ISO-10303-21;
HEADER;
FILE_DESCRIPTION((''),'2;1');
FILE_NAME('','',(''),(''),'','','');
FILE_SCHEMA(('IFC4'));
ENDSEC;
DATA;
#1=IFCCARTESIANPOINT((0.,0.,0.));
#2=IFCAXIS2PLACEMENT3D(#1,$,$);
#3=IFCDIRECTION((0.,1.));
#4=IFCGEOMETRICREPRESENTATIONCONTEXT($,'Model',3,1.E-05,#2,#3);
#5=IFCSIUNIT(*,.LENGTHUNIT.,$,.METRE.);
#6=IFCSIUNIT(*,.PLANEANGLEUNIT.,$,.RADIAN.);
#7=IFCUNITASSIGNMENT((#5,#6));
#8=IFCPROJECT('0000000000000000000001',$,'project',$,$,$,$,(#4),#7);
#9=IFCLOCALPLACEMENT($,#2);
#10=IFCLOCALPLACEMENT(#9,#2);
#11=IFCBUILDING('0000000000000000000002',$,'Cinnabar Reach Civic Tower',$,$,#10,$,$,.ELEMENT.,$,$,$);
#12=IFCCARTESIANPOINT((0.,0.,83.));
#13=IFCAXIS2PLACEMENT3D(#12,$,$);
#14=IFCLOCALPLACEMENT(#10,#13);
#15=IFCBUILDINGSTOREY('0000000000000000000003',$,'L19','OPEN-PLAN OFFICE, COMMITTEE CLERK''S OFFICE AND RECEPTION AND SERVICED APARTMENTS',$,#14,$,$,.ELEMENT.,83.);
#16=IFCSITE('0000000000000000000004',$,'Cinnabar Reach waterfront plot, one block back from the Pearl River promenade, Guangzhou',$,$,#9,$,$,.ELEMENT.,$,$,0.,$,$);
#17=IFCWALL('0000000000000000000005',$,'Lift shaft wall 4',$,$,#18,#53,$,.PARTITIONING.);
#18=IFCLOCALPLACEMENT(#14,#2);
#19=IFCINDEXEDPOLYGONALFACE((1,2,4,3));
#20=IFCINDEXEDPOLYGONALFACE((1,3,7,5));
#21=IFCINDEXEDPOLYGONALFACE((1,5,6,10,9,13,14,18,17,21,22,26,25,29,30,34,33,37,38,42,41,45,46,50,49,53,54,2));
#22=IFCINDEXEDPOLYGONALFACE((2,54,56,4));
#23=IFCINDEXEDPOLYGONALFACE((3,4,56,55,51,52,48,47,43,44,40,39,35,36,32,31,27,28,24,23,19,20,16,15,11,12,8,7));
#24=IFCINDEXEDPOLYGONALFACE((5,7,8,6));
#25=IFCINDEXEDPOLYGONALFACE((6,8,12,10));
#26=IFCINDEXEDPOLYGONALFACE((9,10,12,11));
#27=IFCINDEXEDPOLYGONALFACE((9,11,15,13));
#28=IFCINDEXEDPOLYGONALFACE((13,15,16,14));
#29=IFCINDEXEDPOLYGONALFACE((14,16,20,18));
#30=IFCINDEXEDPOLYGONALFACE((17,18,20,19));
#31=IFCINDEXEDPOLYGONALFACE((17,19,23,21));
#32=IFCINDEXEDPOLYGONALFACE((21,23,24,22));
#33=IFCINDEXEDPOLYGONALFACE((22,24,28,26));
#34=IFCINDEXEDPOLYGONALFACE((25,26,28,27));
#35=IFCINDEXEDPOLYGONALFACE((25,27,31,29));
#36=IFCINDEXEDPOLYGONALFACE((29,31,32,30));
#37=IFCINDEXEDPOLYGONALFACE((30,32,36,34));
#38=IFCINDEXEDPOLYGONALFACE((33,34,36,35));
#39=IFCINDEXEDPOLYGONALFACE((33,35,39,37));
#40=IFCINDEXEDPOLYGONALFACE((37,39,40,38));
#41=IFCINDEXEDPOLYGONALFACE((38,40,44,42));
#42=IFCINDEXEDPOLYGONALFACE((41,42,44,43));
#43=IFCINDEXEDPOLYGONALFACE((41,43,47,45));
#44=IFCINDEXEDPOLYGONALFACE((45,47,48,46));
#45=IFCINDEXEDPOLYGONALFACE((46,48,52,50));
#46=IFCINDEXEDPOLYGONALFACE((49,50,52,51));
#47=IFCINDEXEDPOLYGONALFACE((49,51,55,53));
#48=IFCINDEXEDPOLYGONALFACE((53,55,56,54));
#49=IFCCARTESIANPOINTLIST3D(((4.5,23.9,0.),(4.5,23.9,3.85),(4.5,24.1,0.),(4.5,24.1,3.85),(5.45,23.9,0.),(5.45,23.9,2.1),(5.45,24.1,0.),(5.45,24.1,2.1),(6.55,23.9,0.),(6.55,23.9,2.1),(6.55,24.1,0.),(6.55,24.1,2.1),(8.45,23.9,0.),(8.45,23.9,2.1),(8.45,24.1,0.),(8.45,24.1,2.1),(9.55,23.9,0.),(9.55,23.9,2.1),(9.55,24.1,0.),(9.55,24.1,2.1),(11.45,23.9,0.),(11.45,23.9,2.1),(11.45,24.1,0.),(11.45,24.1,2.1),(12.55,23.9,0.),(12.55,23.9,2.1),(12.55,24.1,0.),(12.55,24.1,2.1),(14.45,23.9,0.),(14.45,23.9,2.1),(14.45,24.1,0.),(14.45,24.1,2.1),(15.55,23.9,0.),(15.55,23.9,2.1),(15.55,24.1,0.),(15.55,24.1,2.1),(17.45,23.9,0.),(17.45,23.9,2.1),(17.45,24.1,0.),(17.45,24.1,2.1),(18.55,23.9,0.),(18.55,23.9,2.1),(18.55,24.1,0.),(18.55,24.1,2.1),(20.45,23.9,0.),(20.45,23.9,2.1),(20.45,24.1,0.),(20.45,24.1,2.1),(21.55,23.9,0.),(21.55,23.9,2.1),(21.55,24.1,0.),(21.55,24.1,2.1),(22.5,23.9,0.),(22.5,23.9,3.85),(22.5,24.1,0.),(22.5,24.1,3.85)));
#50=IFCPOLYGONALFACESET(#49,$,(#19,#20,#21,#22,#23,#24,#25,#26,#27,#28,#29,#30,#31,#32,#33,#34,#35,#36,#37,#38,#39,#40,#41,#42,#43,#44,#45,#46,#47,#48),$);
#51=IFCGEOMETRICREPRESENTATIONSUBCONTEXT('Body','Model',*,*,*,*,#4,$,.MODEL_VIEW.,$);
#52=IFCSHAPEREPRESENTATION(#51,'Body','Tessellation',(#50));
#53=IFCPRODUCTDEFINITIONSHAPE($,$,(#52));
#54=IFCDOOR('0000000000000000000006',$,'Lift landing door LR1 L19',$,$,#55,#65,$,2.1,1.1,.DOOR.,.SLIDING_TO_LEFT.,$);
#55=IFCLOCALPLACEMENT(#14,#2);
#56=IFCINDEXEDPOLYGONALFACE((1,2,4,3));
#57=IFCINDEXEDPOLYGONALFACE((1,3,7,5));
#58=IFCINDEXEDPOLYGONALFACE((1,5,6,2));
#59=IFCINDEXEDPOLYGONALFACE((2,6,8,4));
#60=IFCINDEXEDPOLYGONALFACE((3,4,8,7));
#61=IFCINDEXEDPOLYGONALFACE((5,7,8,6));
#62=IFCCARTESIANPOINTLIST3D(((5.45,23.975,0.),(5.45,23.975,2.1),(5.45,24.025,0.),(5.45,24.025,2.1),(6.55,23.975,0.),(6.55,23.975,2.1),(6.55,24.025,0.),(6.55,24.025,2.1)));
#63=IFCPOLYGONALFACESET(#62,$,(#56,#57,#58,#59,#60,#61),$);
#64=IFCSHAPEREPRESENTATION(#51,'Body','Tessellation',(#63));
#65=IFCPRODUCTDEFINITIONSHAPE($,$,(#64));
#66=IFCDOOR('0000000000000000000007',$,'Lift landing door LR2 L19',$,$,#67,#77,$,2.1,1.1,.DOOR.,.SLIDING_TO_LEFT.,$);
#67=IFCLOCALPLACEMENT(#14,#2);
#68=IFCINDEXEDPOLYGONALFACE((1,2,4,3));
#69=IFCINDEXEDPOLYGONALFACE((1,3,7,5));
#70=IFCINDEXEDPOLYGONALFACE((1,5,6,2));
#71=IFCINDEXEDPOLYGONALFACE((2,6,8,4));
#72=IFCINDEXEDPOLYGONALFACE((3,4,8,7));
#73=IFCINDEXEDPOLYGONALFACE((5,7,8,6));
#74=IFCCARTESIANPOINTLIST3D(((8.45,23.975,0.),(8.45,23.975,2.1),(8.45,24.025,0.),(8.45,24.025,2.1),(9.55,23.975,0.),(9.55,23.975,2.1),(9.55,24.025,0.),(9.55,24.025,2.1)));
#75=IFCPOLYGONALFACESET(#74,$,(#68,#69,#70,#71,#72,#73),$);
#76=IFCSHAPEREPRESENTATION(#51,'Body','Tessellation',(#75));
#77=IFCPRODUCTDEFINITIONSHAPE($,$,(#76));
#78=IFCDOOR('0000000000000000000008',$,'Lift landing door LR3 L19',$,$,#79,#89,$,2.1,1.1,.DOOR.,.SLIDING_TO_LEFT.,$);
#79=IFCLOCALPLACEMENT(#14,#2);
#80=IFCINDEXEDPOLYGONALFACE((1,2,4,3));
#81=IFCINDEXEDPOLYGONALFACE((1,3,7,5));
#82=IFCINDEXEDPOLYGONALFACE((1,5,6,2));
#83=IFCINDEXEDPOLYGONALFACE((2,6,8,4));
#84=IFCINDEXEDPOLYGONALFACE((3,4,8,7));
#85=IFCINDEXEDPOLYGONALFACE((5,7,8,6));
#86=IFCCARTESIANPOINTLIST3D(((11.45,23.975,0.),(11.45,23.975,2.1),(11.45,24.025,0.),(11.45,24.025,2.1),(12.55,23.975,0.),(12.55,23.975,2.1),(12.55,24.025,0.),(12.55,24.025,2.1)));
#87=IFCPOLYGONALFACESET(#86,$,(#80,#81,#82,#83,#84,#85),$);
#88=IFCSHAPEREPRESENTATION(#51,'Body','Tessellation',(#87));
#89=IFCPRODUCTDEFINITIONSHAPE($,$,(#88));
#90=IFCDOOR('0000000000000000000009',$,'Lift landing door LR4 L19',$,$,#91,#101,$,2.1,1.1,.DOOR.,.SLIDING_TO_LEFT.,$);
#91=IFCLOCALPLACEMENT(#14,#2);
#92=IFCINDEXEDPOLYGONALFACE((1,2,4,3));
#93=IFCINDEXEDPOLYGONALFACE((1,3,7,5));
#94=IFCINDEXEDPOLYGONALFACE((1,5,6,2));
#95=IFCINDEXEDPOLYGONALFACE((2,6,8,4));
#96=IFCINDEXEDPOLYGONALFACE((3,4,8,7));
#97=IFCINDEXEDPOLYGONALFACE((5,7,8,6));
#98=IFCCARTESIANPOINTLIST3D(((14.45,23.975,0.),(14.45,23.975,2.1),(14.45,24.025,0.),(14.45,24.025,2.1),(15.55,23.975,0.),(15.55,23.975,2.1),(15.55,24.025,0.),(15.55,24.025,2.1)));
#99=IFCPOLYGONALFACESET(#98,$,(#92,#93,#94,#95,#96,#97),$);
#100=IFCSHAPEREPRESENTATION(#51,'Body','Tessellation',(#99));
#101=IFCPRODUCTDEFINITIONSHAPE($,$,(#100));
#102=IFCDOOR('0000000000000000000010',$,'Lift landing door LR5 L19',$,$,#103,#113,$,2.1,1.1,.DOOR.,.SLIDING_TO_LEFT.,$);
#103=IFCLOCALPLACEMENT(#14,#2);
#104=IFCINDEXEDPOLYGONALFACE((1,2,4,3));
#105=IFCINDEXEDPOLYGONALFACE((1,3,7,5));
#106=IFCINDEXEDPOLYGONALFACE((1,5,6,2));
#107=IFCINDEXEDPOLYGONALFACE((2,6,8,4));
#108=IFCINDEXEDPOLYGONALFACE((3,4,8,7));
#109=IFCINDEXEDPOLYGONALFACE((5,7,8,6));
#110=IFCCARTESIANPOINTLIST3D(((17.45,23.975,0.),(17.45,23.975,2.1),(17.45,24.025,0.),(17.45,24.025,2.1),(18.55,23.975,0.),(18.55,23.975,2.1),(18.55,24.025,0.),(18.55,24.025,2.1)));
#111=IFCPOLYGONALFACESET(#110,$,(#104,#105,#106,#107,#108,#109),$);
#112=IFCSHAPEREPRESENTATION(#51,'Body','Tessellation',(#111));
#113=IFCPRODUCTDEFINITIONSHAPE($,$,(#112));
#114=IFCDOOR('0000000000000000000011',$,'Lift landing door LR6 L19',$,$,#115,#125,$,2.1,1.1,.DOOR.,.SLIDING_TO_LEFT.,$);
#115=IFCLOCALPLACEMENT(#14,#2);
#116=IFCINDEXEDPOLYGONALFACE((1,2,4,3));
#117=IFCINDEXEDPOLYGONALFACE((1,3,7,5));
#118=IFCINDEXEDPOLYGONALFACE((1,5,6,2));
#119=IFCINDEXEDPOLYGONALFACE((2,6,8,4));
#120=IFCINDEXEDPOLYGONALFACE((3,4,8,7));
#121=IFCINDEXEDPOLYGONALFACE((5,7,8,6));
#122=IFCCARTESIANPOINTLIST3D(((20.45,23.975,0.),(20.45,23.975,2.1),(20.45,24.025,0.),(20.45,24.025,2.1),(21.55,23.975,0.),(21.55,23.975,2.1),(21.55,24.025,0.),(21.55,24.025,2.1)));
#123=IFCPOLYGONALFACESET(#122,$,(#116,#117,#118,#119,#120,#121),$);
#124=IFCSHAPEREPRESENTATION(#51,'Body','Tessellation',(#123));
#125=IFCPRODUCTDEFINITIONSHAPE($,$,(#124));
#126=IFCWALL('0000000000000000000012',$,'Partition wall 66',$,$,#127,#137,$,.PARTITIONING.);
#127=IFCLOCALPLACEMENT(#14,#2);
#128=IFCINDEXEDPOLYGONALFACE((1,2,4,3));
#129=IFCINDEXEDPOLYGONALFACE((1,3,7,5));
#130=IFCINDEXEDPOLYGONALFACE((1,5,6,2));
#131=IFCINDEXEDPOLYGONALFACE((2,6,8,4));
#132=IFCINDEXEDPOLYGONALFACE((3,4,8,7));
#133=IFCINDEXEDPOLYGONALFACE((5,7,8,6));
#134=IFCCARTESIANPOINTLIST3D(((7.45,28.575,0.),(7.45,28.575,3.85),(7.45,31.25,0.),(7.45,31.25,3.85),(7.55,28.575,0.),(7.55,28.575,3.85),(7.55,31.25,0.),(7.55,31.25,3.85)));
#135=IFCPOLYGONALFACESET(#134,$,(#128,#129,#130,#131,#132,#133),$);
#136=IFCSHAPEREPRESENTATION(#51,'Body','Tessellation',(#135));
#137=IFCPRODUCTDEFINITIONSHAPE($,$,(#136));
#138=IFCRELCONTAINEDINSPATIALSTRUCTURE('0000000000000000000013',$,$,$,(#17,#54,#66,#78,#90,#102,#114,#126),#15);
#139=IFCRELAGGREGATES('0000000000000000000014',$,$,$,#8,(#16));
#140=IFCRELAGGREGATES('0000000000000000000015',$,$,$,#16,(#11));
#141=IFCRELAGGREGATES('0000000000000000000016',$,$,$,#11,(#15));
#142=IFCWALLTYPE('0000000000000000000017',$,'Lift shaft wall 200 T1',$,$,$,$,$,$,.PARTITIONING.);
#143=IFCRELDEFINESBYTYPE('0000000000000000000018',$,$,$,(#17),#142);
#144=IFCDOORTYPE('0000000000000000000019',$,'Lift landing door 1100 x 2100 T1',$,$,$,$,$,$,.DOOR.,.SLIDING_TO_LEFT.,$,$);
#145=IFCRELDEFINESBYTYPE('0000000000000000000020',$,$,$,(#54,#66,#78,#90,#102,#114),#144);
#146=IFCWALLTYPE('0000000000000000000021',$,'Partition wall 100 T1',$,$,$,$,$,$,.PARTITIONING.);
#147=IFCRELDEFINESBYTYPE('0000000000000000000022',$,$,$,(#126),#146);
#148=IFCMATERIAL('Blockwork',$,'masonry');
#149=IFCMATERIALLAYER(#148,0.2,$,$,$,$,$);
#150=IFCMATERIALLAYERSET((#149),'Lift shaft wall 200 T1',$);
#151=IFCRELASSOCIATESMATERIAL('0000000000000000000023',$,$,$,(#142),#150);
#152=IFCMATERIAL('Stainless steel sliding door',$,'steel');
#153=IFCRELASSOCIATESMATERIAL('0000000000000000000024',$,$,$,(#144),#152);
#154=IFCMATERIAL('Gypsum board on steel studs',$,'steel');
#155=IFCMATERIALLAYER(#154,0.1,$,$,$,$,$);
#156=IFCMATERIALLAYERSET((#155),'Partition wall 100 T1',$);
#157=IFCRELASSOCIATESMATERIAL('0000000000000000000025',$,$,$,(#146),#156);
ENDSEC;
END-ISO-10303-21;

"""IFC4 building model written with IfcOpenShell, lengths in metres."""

from ifc_helpers import new_model, si_unit, direction, frame, frame_2d, origin, place, context, subcontext, project, spatial, rectangle, extrude, material, layer, layer_set, type_object, element, fill, save


model = new_model("IFC4")

# Units and contexts
model_context = context("Model", 3, precision=1e-05, world=origin(), true_north=direction((0.0, 1.0)))
body_context = subcontext(model_context, "Body", "Model", "MODEL_VIEW")
ifc_project = project(units=[si_unit("LENGTHUNIT", "METRE"), si_unit("PLANEANGLEUNIT", "RADIAN")], contexts=[model_context])

# Site, building, storey
site_placement = place(None, origin())
site = spatial("IfcSite", under=ifc_project, at=site_placement, Name="Cinnabar Reach waterfront plot, one block back from the Pearl River promenade, Guangzhou", CompositionType="ELEMENT", RefElevation=0.0)
building_placement = place(site_placement, origin())
building = spatial("IfcBuilding", under=site, at=building_placement, Name="Cinnabar Reach Civic Tower", CompositionType="ELEMENT")
storey_placement = place(building_placement, frame((0.0, 0.0, 83.0)))
storey = spatial("IfcBuildingStorey", under=building, at=storey_placement, Name="L19", Description="OPEN-PLAN OFFICE, COMMITTEE CLERK'S OFFICE AND RECEPTION AND SERVICED APARTMENTS", CompositionType="ELEMENT", Elevation=83.0)

# Wall, openings, doors
ifc_material_1 = material(Name="Blockwork", Category="masonry")
ifc_layer_1 = layer(ifc_material_1, 0.2)
ifc_layer_set_1 = layer_set([ifc_layer_1], Name="Lift shaft wall 200 T1")
wall_type_1 = type_object("IfcWallType", Name="Lift shaft wall 200 T1", PredefinedType="PARTITIONING", material=ifc_layer_set_1)
wall_1_placement = place(storey_placement, frame((4.5, 24.0, 0.0), z_axis=(0.0, 0.0, 1.0), x_axis=(1.0, 0.0, 0.0)))
wall_1 = element("IfcWall", 1, at=wall_1_placement, inside=storey, type_object=wall_type_1, Name="Lift shaft wall 4", PredefinedType="PARTITIONING", context=body_context, shape_type="SweptSolid", body=[
    extrude(rectangle(XDim=18.0, YDim=0.2, at=frame_2d((9.0, 0.0))), origin(), (0.0, 0.0, 1.0), 3.85),
])
opening_1_placement = place(wall_1_placement, frame((0.95, 0.0, 0.0)))
opening_1 = element("IfcOpeningElement", 2, at=opening_1_placement, cuts=wall_1, PredefinedType="OPENING", context=body_context, shape_type="SweptSolid", body=[
    extrude(rectangle(XDim=1.1, YDim=2.1, at=frame_2d((0.55, 1.05))), frame((0.0, 0.11, 0.0), z_axis=(0.0, -1.0, 0.0), x_axis=(1.0, 0.0, 0.0)), (0.0, 0.0, 1.0), 0.22),
])
opening_2_placement = place(wall_1_placement, frame((3.95, 0.0, 0.0)))
opening_2 = element("IfcOpeningElement", 3, at=opening_2_placement, cuts=wall_1, PredefinedType="OPENING", context=body_context, shape_type="SweptSolid", body=[
    extrude(rectangle(XDim=1.1, YDim=2.1, at=frame_2d((0.55, 1.05))), frame((0.0, 0.11, 0.0), z_axis=(0.0, -1.0, 0.0), x_axis=(1.0, 0.0, 0.0)), (0.0, 0.0, 1.0), 0.22),
])
opening_3_placement = place(wall_1_placement, frame((6.95, 0.0, 0.0)))
opening_3 = element("IfcOpeningElement", 4, at=opening_3_placement, cuts=wall_1, PredefinedType="OPENING", context=body_context, shape_type="SweptSolid", body=[
    extrude(rectangle(XDim=1.1, YDim=2.1, at=frame_2d((0.55, 1.05))), frame((0.0, 0.11, 0.0), z_axis=(0.0, -1.0, 0.0), x_axis=(1.0, 0.0, 0.0)), (0.0, 0.0, 1.0), 0.22),
])
opening_4_placement = place(wall_1_placement, frame((9.95, 0.0, 0.0)))
opening_4 = element("IfcOpeningElement", 5, at=opening_4_placement, cuts=wall_1, PredefinedType="OPENING", context=body_context, shape_type="SweptSolid", body=[
    extrude(rectangle(XDim=1.1, YDim=2.1, at=frame_2d((0.55, 1.05))), frame((0.0, 0.11, 0.0), z_axis=(0.0, -1.0, 0.0), x_axis=(1.0, 0.0, 0.0)), (0.0, 0.0, 1.0), 0.22),
])
opening_5_placement = place(wall_1_placement, frame((12.95, 0.0, 0.0)))
opening_5 = element("IfcOpeningElement", 6, at=opening_5_placement, cuts=wall_1, PredefinedType="OPENING", context=body_context, shape_type="SweptSolid", body=[
    extrude(rectangle(XDim=1.1, YDim=2.1, at=frame_2d((0.55, 1.05))), frame((0.0, 0.11, 0.0), z_axis=(0.0, -1.0, 0.0), x_axis=(1.0, 0.0, 0.0)), (0.0, 0.0, 1.0), 0.22),
])
opening_6_placement = place(wall_1_placement, frame((15.95, 0.0, 0.0)))
opening_6 = element("IfcOpeningElement", 7, at=opening_6_placement, cuts=wall_1, PredefinedType="OPENING", context=body_context, shape_type="SweptSolid", body=[
    extrude(rectangle(XDim=1.1, YDim=2.1, at=frame_2d((0.55, 1.05))), frame((0.0, 0.11, 0.0), z_axis=(0.0, -1.0, 0.0), x_axis=(1.0, 0.0, 0.0)), (0.0, 0.0, 1.0), 0.22),
])
ifc_material_2 = material(Name="Stainless steel sliding door", Category="steel")
door_type_1 = type_object("IfcDoorType", Name="Lift landing door 1100 x 2100 T1", OperationType="SLIDING_TO_LEFT", PredefinedType="DOOR", material=ifc_material_2)
door_1_placement = place(opening_1_placement, origin())
door_1 = element("IfcDoor", 8, at=door_1_placement, inside=storey, type_object=door_type_1, Name="Lift landing door LR1 L19", OperationType="SLIDING_TO_LEFT", OverallHeight=2.1, OverallWidth=1.1, PredefinedType="DOOR", context=body_context, shape_type="SweptSolid", body=[
    extrude(rectangle(XDim=1.1, YDim=2.1, at=frame_2d((0.55, 1.05))), frame((0.0, 0.025, 0.0), z_axis=(0.0, -1.0, 0.0), x_axis=(1.0, 0.0, 0.0)), (0.0, 0.0, 1.0), 0.05),
])
fill(opening_1, door_1)
door_2_placement = place(opening_2_placement, origin())
door_2 = element("IfcDoor", 9, at=door_2_placement, inside=storey, type_object=door_type_1, Name="Lift landing door LR2 L19", OperationType="SLIDING_TO_LEFT", OverallHeight=2.1, OverallWidth=1.1, PredefinedType="DOOR", context=body_context, shape_type="SweptSolid", body=[
    extrude(rectangle(XDim=1.1, YDim=2.1, at=frame_2d((0.55, 1.05))), frame((0.0, 0.025, 0.0), z_axis=(0.0, -1.0, 0.0), x_axis=(1.0, 0.0, 0.0)), (0.0, 0.0, 1.0), 0.05),
])
fill(opening_2, door_2)
door_3_placement = place(opening_3_placement, origin())
door_3 = element("IfcDoor", 10, at=door_3_placement, inside=storey, type_object=door_type_1, Name="Lift landing door LR3 L19", OperationType="SLIDING_TO_LEFT", OverallHeight=2.1, OverallWidth=1.1, PredefinedType="DOOR", context=body_context, shape_type="SweptSolid", body=[
    extrude(rectangle(XDim=1.1, YDim=2.1, at=frame_2d((0.55, 1.05))), frame((0.0, 0.025, 0.0), z_axis=(0.0, -1.0, 0.0), x_axis=(1.0, 0.0, 0.0)), (0.0, 0.0, 1.0), 0.05),
])
fill(opening_3, door_3)
door_4_placement = place(opening_4_placement, origin())
door_4 = element("IfcDoor", 11, at=door_4_placement, inside=storey, type_object=door_type_1, Name="Lift landing door LR4 L19", OperationType="SLIDING_TO_LEFT", OverallHeight=2.1, OverallWidth=1.1, PredefinedType="DOOR", context=body_context, shape_type="SweptSolid", body=[
    extrude(rectangle(XDim=1.1, YDim=2.1, at=frame_2d((0.55, 1.05))), frame((0.0, 0.025, 0.0), z_axis=(0.0, -1.0, 0.0), x_axis=(1.0, 0.0, 0.0)), (0.0, 0.0, 1.0), 0.05),
])
fill(opening_4, door_4)
door_5_placement = place(opening_5_placement, origin())
door_5 = element("IfcDoor", 12, at=door_5_placement, inside=storey, type_object=door_type_1, Name="Lift landing door LR5 L19", OperationType="SLIDING_TO_LEFT", OverallHeight=2.1, OverallWidth=1.1, PredefinedType="DOOR", context=body_context, shape_type="SweptSolid", body=[
    extrude(rectangle(XDim=1.1, YDim=2.1, at=frame_2d((0.55, 1.05))), frame((0.0, 0.025, 0.0), z_axis=(0.0, -1.0, 0.0), x_axis=(1.0, 0.0, 0.0)), (0.0, 0.0, 1.0), 0.05),
])
fill(opening_5, door_5)
door_6_placement = place(opening_6_placement, origin())
door_6 = element("IfcDoor", 13, at=door_6_placement, inside=storey, type_object=door_type_1, Name="Lift landing door LR6 L19", OperationType="SLIDING_TO_LEFT", OverallHeight=2.1, OverallWidth=1.1, PredefinedType="DOOR", context=body_context, shape_type="SweptSolid", body=[
    extrude(rectangle(XDim=1.1, YDim=2.1, at=frame_2d((0.55, 1.05))), frame((0.0, 0.025, 0.0), z_axis=(0.0, -1.0, 0.0), x_axis=(1.0, 0.0, 0.0)), (0.0, 0.0, 1.0), 0.05),
])
fill(opening_6, door_6)

# Wall
ifc_material_3 = material(Name="Gypsum board on steel studs", Category="steel")
ifc_layer_2 = layer(ifc_material_3, 0.1)
ifc_layer_set_2 = layer_set([ifc_layer_2], Name="Partition wall 100 T1")
wall_type_2 = type_object("IfcWallType", Name="Partition wall 100 T1", PredefinedType="PARTITIONING", material=ifc_layer_set_2)
wall_2_placement = place(storey_placement, frame((7.5, 28.575, 0.0), z_axis=(0.0, 0.0, 1.0), x_axis=(0.0, 1.0, 0.0)))
element("IfcWall", 14, at=wall_2_placement, inside=storey, type_object=wall_type_2, Name="Partition wall 66", PredefinedType="PARTITIONING", context=body_context, shape_type="SweptSolid", body=[
    extrude(rectangle(XDim=2.675, YDim=0.1, at=frame_2d((1.3375, 0.0))), origin(), (0.0, 0.0, 1.0), 3.85),
])

save(model, "model.ifc")
